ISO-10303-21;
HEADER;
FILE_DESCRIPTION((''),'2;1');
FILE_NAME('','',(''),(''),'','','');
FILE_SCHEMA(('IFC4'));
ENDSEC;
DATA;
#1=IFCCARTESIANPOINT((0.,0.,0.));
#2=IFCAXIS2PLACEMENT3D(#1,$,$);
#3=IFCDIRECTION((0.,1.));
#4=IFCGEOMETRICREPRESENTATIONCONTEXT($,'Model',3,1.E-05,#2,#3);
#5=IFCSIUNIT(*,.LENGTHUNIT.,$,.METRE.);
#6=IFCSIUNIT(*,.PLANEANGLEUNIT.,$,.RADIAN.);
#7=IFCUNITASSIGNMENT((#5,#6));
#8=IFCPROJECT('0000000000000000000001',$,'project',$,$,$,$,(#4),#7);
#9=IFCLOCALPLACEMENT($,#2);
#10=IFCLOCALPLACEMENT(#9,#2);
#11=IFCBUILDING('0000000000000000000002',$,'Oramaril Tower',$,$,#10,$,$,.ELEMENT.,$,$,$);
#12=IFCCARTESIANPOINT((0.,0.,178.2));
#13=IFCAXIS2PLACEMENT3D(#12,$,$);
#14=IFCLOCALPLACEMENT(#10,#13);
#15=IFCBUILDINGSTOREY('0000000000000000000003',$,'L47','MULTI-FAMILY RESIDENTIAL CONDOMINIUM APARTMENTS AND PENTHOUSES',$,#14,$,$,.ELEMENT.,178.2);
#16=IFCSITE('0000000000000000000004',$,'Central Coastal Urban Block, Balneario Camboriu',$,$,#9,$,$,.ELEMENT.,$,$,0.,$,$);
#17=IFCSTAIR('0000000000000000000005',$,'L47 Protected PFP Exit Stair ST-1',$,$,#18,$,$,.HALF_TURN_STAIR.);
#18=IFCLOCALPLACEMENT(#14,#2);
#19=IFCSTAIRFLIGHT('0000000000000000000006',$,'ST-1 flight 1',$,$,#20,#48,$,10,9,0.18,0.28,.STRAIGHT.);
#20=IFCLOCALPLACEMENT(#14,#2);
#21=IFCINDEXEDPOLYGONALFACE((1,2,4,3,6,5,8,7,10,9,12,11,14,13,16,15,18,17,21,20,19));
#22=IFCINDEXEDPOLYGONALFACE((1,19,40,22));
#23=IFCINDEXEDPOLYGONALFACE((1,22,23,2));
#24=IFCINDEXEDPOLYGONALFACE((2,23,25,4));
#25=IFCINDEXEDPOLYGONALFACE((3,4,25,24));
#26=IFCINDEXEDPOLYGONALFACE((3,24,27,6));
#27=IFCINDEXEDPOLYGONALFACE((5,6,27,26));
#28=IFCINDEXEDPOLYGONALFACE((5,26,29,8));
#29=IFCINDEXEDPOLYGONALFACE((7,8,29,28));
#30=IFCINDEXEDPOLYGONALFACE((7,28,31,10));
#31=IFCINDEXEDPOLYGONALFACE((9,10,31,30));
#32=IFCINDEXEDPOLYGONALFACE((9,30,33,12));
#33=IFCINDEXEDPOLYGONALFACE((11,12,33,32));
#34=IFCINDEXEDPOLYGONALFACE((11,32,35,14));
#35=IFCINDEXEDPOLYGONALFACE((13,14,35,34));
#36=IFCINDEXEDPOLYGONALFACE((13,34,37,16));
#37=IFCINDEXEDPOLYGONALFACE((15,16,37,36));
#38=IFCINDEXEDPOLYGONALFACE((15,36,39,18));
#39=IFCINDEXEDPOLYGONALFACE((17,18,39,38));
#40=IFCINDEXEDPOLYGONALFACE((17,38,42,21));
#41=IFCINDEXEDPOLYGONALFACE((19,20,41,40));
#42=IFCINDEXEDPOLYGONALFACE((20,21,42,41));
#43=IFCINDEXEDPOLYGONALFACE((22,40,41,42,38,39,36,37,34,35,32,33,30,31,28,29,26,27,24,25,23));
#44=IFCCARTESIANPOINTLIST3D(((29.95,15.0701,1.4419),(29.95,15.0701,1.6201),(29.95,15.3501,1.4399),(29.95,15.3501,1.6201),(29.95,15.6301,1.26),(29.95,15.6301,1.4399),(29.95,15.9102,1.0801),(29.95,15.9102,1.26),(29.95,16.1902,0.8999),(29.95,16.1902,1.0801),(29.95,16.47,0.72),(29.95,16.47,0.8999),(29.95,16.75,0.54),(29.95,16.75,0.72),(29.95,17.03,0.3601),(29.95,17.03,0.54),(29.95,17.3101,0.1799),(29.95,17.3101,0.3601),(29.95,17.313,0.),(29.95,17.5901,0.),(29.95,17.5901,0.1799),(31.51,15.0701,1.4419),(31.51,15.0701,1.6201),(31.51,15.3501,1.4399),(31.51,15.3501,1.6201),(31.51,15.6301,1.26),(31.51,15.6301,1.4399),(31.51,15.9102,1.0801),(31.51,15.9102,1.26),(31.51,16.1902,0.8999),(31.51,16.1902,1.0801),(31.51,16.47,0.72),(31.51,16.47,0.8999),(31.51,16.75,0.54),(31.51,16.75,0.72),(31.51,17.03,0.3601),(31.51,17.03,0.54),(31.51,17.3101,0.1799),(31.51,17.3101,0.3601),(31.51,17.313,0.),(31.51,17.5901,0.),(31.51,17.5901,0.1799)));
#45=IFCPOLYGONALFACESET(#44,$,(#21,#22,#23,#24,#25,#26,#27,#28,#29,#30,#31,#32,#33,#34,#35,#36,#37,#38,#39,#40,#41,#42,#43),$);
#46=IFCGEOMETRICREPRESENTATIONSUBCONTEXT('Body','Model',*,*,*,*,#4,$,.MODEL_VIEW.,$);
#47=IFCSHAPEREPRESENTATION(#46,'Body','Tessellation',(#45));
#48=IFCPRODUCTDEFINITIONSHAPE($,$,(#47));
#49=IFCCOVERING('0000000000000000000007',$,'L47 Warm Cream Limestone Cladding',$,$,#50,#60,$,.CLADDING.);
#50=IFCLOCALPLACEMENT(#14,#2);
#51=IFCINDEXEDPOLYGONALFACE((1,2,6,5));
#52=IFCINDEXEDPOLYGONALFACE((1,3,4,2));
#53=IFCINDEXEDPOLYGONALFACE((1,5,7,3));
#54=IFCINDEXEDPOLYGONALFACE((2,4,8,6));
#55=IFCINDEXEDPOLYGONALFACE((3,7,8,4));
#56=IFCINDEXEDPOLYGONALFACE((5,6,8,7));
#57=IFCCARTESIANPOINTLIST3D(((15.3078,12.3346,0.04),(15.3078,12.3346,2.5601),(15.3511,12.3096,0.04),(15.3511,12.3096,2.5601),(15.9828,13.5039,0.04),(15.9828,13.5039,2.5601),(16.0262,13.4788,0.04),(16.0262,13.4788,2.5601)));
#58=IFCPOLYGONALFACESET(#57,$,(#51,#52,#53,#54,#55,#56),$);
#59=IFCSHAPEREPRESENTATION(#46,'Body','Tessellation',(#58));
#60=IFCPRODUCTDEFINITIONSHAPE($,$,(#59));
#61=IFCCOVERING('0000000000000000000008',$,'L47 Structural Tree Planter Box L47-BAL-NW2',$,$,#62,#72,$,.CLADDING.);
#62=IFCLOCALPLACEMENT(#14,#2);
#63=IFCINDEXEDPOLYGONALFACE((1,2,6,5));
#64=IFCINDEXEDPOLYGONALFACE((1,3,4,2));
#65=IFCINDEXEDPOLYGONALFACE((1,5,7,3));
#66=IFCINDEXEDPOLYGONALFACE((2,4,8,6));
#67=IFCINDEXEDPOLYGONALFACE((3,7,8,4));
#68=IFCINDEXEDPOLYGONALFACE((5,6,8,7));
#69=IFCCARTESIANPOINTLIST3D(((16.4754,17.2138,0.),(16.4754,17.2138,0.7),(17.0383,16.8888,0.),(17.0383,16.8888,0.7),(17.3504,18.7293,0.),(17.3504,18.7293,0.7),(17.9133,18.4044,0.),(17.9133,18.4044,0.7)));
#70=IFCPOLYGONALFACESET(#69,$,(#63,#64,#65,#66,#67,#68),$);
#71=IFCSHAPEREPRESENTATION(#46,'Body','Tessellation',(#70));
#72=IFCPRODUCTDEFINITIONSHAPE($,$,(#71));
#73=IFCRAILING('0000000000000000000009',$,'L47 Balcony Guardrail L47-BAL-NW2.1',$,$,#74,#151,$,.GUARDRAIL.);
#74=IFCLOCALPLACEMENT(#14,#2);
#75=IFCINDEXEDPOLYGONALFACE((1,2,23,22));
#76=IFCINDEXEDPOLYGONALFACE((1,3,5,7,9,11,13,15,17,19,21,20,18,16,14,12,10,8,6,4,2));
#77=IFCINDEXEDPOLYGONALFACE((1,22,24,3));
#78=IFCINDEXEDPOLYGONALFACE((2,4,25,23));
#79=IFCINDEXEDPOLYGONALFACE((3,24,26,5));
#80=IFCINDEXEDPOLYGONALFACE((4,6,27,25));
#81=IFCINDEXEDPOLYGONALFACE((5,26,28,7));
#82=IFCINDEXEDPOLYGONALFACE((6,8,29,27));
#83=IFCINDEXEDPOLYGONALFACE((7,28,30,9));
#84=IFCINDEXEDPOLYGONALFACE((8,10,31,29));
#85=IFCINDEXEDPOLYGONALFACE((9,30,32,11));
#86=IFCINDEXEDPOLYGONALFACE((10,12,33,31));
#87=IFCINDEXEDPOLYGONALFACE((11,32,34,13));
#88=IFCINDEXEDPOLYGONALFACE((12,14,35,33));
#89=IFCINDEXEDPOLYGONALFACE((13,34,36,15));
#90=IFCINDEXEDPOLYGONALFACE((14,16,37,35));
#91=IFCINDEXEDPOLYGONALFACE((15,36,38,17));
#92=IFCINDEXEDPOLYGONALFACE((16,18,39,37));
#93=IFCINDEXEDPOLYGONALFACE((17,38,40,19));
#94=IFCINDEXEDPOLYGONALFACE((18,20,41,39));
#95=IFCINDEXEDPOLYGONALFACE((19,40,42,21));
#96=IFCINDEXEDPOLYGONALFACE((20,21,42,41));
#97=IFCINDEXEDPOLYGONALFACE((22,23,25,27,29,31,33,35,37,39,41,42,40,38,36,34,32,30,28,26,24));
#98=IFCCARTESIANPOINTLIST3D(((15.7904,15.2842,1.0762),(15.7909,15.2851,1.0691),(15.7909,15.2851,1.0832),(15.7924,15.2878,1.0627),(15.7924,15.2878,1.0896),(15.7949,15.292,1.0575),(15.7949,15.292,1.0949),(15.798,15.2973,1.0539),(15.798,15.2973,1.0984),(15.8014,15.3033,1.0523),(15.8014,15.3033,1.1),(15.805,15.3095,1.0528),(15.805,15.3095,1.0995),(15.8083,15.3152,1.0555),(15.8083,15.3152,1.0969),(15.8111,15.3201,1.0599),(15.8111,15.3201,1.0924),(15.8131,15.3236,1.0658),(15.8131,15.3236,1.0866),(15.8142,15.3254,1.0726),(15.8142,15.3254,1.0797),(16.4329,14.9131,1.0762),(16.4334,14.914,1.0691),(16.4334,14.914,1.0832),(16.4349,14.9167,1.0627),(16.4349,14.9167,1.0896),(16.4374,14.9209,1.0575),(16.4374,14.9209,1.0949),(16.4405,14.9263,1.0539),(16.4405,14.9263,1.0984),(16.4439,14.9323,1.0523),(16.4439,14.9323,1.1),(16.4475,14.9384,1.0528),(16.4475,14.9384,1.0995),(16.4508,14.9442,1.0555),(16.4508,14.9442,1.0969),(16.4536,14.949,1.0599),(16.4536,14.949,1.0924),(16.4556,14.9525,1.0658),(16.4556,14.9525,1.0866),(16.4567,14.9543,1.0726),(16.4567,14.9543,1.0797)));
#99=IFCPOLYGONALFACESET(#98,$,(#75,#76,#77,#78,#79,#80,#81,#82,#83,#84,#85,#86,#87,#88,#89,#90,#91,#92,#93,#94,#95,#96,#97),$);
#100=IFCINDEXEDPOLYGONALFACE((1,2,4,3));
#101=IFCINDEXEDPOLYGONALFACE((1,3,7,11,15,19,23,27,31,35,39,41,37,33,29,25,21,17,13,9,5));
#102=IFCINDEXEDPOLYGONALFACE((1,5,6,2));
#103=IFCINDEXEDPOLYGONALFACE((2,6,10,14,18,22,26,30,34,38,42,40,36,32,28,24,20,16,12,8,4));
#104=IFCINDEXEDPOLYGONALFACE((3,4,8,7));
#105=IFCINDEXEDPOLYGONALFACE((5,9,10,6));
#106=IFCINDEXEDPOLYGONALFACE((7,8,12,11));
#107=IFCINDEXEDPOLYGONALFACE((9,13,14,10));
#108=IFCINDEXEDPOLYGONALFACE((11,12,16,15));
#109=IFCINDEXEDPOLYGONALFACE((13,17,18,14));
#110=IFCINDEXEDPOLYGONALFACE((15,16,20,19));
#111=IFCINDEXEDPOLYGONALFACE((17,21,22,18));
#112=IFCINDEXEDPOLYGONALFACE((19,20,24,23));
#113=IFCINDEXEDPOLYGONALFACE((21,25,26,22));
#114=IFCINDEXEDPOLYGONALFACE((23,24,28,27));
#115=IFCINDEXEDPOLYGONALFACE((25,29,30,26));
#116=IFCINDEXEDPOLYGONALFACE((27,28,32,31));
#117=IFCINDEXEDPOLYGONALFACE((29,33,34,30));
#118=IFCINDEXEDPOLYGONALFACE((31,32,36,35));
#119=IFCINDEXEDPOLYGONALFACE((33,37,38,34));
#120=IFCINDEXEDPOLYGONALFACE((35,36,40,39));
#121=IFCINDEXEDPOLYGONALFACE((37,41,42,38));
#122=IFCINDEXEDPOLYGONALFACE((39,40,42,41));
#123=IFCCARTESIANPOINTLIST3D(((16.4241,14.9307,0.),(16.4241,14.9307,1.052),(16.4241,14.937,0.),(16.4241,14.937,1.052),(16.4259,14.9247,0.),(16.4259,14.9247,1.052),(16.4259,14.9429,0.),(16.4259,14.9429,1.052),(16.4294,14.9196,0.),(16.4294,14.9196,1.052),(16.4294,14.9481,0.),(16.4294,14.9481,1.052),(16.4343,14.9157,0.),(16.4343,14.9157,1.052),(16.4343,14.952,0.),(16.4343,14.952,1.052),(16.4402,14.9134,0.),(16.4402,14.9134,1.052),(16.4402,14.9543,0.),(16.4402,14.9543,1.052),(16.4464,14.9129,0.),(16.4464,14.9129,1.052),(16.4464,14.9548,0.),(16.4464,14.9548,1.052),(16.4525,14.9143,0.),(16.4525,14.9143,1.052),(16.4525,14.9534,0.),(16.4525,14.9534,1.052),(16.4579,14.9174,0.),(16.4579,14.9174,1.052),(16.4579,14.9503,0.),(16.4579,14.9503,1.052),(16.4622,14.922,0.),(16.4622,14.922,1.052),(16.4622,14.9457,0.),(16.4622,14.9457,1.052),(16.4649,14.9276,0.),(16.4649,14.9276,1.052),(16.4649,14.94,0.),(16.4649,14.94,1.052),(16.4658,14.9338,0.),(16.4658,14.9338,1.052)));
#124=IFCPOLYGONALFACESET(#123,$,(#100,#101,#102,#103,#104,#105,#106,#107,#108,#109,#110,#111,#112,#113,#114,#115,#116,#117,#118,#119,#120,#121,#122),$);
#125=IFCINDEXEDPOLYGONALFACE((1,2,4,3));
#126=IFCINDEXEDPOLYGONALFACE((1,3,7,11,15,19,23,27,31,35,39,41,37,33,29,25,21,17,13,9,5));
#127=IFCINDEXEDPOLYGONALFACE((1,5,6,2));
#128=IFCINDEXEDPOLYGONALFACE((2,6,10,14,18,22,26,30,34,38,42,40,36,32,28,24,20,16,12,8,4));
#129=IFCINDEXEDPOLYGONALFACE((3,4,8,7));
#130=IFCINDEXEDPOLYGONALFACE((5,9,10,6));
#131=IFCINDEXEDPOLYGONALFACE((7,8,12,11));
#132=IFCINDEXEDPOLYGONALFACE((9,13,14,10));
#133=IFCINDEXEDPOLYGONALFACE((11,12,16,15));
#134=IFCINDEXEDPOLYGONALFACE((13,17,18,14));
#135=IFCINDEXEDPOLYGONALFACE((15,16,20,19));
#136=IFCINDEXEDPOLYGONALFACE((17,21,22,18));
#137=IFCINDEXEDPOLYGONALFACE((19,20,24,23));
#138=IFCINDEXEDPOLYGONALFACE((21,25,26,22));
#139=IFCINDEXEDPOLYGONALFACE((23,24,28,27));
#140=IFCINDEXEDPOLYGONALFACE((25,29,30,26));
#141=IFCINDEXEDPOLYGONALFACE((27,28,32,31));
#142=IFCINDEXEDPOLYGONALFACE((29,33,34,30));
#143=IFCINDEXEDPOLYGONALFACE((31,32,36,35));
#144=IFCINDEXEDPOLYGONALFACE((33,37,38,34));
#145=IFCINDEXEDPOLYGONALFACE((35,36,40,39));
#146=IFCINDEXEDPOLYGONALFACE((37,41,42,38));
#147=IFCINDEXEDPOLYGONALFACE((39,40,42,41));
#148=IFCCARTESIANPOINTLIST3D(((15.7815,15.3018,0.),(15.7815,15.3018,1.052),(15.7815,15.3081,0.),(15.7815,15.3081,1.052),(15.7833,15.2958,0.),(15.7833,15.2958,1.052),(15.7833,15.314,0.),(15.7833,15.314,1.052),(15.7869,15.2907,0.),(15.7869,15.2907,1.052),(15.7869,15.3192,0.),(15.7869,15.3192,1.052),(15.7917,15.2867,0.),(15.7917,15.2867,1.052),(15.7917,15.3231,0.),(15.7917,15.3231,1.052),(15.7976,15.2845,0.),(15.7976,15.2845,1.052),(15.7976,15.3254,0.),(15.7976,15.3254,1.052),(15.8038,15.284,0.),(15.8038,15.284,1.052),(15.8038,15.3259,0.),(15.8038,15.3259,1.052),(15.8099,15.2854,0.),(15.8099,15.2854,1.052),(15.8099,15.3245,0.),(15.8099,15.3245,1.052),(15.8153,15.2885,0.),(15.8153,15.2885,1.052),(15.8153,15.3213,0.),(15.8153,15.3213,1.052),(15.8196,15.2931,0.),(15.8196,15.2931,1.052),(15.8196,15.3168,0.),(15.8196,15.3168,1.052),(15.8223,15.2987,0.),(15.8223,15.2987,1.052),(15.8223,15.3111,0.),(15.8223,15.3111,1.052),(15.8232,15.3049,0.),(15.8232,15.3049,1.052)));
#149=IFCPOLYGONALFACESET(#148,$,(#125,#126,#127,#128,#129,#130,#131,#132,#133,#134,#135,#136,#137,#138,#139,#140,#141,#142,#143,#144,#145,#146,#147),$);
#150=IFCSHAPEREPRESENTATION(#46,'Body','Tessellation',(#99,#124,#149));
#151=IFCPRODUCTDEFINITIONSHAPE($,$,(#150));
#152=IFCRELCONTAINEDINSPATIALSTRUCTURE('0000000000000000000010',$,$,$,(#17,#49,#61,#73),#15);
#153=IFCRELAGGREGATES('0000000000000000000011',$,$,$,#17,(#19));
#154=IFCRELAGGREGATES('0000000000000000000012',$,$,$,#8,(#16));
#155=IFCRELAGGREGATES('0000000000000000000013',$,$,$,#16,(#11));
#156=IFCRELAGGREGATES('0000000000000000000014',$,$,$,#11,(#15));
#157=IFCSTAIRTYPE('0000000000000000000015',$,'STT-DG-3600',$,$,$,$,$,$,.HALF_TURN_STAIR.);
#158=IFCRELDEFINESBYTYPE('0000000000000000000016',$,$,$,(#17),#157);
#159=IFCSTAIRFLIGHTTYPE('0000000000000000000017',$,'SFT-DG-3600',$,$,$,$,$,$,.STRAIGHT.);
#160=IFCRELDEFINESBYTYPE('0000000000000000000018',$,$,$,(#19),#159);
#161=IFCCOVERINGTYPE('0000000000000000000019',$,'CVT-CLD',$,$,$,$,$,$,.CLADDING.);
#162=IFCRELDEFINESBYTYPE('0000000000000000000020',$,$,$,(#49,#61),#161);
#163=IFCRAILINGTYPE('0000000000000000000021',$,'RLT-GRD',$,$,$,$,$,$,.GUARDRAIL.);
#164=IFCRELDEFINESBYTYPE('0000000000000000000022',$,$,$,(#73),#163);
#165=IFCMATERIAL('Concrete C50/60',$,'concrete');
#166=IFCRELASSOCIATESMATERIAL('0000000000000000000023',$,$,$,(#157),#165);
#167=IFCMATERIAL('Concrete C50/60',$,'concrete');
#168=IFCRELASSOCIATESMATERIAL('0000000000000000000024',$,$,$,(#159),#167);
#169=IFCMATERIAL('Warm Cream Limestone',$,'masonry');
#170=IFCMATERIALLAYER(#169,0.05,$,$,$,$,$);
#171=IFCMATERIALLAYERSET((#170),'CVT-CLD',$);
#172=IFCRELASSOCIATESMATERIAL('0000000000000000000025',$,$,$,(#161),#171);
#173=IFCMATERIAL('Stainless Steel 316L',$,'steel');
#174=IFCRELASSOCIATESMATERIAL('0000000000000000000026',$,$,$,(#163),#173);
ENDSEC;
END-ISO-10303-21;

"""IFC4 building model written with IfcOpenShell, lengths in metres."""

from ifc_helpers import new_model, si_unit, direction, frame, origin, origin_2d, place, context, subcontext, project, spatial, polyline, rectangle, circle, outline, extrude, material, layer, layer_set, type_object, element, aggregate, save


model = new_model("IFC4")

# Units and contexts
model_context = context("Model", 3, precision=1e-05, world=origin(), true_north=direction((0.0, 1.0)))
body_context = subcontext(model_context, "Body", "Model", "MODEL_VIEW")
ifc_project = project(units=[si_unit("LENGTHUNIT", "METRE"), si_unit("PLANEANGLEUNIT", "RADIAN")], contexts=[model_context])

# Site, building, storey
site_placement = place(None, origin())
site = spatial("IfcSite", under=ifc_project, at=site_placement, Name="Central Coastal Urban Block, Balneario Camboriu", CompositionType="ELEMENT", RefElevation=0.0)
building_placement = place(site_placement, origin())
building = spatial("IfcBuilding", under=site, at=building_placement, Name="Oramaril Tower", CompositionType="ELEMENT")
storey_placement = place(building_placement, frame((0.0, 0.0, 178.2)))
storey = spatial("IfcBuildingStorey", under=building, at=storey_placement, Name="L47", Description="MULTI-FAMILY RESIDENTIAL CONDOMINIUM APARTMENTS AND PENTHOUSES", CompositionType="ELEMENT", Elevation=178.2)

# Stair, stair flight
ifc_material_1 = material(Name="Concrete C50/60", Category="concrete")
stair_type = type_object("IfcStairType", Name="STT-DG-3600", PredefinedType="HALF_TURN_STAIR", material=ifc_material_1)
stair_placement = place(storey_placement, origin())
stair = element("IfcStair", 1, at=stair_placement, inside=storey, type_object=stair_type, Name="L47 Protected PFP Exit Stair ST-1", PredefinedType="HALF_TURN_STAIR")
ifc_material_2 = material(Name="Concrete C50/60", Category="concrete")
stair_flight_type = type_object("IfcStairFlightType", Name="SFT-DG-3600", PredefinedType="STRAIGHT", material=ifc_material_2)
stair_flight_placement = place(storey_placement, frame((30.73, 17.5901, 0.0), z_axis=(0.0, 0.0, 1.0), x_axis=(0.0, -1.0, 0.0)))
stair_flight = element("IfcStairFlight", 2, at=stair_flight_placement, type_object=stair_flight_type, Name="ST-1 flight 1", NumberOfRisers=10, NumberOfTreads=9, PredefinedType="STRAIGHT", RiserHeight=0.18, TreadLength=0.28, context=body_context, shape_type="SweptSolid", body=[
    extrude(outline(polyline([(0.0, 0.0), (0.0, 0.1799), (0.28, 0.1799), (0.28, 0.3601), (0.5601, 0.3601), (0.5601, 0.54), (0.8401, 0.54), (0.8401, 0.72), (1.1201, 0.72), (1.1201, 0.8999), (1.3999, 0.8999), (1.3999, 1.0801), (1.6799, 1.0801), (1.6799, 1.26), (1.96, 1.26), (1.96, 1.4399), (2.24, 1.4399), (2.24, 1.6201), (2.52, 1.6201), (2.52, 1.8), (2.52, 1.4419), (0.2771, 0.0), (0.0, 0.0)])), frame((0.0, 0.78, 0.0), z_axis=(0.0, -1.0, 0.0), x_axis=(1.0, 0.0, 0.0)), (0.0, 0.0, 1.0), 1.5601),
])
aggregate(stair, [stair_flight])

# Coverings
ifc_material_3 = material(Name="Warm Cream Limestone", Category="masonry")
ifc_layer_1 = layer(ifc_material_3, 0.05)
ifc_layer_set_1 = layer_set([ifc_layer_1], Name="CVT-CLD")
covering_type = type_object("IfcCoveringType", Name="CVT-CLD", PredefinedType="CLADDING", material=ifc_layer_set_1)
covering_1_placement = place(storey_placement, frame((15.667, 12.9067, 0.04), z_axis=(0.0, 0.0, 1.0), x_axis=(-0.5, -0.866025, 0.0)))
element("IfcCovering", 3, at=covering_1_placement, inside=storey, type_object=covering_type, Name="L47 Warm Cream Limestone Cladding", PredefinedType="CLADDING", context=body_context, shape_type="SweptSolid", body=[
    extrude(rectangle(XDim=1.3501, YDim=0.05, at=origin_2d()), origin(), (0.0, 0.0, 1.0), 2.52),
])
covering_2_placement = place(storey_placement, frame((17.1943, 17.8091, 0.0), z_axis=(0.0, 0.0, 1.0), x_axis=(-0.5, -0.866025, 0.0)))
element("IfcCovering", 4, at=covering_2_placement, inside=storey, type_object=covering_type, Name="L47 Structural Tree Planter Box L47-BAL-NW2", PredefinedType="CLADDING", context=body_context, shape_type="SweptSolid", body=[
    extrude(rectangle(XDim=1.75, YDim=0.6499, at=origin_2d()), origin(), (0.0, 0.0, 1.0), 0.7),
])

# Railing
ifc_material_4 = material(Name="Stainless Steel 316L", Category="steel")
railing_type_1 = type_object("IfcRailingType", Name="RLT-GRD", PredefinedType="GUARDRAIL", material=ifc_material_4)
railing_1_placement = place(storey_placement, frame((16.4448, 14.9338, 0.0)))
element("IfcRailing", 5, at=railing_1_placement, inside=storey, type_object=railing_type_1, Name="L47 Balcony Guardrail L47-BAL-NW2.1", PredefinedType="GUARDRAIL", context=body_context, shape_type="SweptSolid", body=[
    extrude(circle(Radius=0.0239, at=origin_2d()), frame((0.0, 0.0, 1.0762), z_axis=(-0.865966, 0.500102, 0.0), x_axis=(-0.500102, -0.865966, 0.0)), (0.0, 0.0, 1.0), 0.7419),
    extrude(circle(Radius=0.021, at=origin_2d()), origin(), (0.0, 0.0, 1.0), 1.052),
    extrude(circle(Radius=0.021, at=origin_2d()), frame((-0.6426, 0.3711, 0.0)), (0.0, 0.0, 1.0), 1.052),
])

save(model, "model.ifc")
